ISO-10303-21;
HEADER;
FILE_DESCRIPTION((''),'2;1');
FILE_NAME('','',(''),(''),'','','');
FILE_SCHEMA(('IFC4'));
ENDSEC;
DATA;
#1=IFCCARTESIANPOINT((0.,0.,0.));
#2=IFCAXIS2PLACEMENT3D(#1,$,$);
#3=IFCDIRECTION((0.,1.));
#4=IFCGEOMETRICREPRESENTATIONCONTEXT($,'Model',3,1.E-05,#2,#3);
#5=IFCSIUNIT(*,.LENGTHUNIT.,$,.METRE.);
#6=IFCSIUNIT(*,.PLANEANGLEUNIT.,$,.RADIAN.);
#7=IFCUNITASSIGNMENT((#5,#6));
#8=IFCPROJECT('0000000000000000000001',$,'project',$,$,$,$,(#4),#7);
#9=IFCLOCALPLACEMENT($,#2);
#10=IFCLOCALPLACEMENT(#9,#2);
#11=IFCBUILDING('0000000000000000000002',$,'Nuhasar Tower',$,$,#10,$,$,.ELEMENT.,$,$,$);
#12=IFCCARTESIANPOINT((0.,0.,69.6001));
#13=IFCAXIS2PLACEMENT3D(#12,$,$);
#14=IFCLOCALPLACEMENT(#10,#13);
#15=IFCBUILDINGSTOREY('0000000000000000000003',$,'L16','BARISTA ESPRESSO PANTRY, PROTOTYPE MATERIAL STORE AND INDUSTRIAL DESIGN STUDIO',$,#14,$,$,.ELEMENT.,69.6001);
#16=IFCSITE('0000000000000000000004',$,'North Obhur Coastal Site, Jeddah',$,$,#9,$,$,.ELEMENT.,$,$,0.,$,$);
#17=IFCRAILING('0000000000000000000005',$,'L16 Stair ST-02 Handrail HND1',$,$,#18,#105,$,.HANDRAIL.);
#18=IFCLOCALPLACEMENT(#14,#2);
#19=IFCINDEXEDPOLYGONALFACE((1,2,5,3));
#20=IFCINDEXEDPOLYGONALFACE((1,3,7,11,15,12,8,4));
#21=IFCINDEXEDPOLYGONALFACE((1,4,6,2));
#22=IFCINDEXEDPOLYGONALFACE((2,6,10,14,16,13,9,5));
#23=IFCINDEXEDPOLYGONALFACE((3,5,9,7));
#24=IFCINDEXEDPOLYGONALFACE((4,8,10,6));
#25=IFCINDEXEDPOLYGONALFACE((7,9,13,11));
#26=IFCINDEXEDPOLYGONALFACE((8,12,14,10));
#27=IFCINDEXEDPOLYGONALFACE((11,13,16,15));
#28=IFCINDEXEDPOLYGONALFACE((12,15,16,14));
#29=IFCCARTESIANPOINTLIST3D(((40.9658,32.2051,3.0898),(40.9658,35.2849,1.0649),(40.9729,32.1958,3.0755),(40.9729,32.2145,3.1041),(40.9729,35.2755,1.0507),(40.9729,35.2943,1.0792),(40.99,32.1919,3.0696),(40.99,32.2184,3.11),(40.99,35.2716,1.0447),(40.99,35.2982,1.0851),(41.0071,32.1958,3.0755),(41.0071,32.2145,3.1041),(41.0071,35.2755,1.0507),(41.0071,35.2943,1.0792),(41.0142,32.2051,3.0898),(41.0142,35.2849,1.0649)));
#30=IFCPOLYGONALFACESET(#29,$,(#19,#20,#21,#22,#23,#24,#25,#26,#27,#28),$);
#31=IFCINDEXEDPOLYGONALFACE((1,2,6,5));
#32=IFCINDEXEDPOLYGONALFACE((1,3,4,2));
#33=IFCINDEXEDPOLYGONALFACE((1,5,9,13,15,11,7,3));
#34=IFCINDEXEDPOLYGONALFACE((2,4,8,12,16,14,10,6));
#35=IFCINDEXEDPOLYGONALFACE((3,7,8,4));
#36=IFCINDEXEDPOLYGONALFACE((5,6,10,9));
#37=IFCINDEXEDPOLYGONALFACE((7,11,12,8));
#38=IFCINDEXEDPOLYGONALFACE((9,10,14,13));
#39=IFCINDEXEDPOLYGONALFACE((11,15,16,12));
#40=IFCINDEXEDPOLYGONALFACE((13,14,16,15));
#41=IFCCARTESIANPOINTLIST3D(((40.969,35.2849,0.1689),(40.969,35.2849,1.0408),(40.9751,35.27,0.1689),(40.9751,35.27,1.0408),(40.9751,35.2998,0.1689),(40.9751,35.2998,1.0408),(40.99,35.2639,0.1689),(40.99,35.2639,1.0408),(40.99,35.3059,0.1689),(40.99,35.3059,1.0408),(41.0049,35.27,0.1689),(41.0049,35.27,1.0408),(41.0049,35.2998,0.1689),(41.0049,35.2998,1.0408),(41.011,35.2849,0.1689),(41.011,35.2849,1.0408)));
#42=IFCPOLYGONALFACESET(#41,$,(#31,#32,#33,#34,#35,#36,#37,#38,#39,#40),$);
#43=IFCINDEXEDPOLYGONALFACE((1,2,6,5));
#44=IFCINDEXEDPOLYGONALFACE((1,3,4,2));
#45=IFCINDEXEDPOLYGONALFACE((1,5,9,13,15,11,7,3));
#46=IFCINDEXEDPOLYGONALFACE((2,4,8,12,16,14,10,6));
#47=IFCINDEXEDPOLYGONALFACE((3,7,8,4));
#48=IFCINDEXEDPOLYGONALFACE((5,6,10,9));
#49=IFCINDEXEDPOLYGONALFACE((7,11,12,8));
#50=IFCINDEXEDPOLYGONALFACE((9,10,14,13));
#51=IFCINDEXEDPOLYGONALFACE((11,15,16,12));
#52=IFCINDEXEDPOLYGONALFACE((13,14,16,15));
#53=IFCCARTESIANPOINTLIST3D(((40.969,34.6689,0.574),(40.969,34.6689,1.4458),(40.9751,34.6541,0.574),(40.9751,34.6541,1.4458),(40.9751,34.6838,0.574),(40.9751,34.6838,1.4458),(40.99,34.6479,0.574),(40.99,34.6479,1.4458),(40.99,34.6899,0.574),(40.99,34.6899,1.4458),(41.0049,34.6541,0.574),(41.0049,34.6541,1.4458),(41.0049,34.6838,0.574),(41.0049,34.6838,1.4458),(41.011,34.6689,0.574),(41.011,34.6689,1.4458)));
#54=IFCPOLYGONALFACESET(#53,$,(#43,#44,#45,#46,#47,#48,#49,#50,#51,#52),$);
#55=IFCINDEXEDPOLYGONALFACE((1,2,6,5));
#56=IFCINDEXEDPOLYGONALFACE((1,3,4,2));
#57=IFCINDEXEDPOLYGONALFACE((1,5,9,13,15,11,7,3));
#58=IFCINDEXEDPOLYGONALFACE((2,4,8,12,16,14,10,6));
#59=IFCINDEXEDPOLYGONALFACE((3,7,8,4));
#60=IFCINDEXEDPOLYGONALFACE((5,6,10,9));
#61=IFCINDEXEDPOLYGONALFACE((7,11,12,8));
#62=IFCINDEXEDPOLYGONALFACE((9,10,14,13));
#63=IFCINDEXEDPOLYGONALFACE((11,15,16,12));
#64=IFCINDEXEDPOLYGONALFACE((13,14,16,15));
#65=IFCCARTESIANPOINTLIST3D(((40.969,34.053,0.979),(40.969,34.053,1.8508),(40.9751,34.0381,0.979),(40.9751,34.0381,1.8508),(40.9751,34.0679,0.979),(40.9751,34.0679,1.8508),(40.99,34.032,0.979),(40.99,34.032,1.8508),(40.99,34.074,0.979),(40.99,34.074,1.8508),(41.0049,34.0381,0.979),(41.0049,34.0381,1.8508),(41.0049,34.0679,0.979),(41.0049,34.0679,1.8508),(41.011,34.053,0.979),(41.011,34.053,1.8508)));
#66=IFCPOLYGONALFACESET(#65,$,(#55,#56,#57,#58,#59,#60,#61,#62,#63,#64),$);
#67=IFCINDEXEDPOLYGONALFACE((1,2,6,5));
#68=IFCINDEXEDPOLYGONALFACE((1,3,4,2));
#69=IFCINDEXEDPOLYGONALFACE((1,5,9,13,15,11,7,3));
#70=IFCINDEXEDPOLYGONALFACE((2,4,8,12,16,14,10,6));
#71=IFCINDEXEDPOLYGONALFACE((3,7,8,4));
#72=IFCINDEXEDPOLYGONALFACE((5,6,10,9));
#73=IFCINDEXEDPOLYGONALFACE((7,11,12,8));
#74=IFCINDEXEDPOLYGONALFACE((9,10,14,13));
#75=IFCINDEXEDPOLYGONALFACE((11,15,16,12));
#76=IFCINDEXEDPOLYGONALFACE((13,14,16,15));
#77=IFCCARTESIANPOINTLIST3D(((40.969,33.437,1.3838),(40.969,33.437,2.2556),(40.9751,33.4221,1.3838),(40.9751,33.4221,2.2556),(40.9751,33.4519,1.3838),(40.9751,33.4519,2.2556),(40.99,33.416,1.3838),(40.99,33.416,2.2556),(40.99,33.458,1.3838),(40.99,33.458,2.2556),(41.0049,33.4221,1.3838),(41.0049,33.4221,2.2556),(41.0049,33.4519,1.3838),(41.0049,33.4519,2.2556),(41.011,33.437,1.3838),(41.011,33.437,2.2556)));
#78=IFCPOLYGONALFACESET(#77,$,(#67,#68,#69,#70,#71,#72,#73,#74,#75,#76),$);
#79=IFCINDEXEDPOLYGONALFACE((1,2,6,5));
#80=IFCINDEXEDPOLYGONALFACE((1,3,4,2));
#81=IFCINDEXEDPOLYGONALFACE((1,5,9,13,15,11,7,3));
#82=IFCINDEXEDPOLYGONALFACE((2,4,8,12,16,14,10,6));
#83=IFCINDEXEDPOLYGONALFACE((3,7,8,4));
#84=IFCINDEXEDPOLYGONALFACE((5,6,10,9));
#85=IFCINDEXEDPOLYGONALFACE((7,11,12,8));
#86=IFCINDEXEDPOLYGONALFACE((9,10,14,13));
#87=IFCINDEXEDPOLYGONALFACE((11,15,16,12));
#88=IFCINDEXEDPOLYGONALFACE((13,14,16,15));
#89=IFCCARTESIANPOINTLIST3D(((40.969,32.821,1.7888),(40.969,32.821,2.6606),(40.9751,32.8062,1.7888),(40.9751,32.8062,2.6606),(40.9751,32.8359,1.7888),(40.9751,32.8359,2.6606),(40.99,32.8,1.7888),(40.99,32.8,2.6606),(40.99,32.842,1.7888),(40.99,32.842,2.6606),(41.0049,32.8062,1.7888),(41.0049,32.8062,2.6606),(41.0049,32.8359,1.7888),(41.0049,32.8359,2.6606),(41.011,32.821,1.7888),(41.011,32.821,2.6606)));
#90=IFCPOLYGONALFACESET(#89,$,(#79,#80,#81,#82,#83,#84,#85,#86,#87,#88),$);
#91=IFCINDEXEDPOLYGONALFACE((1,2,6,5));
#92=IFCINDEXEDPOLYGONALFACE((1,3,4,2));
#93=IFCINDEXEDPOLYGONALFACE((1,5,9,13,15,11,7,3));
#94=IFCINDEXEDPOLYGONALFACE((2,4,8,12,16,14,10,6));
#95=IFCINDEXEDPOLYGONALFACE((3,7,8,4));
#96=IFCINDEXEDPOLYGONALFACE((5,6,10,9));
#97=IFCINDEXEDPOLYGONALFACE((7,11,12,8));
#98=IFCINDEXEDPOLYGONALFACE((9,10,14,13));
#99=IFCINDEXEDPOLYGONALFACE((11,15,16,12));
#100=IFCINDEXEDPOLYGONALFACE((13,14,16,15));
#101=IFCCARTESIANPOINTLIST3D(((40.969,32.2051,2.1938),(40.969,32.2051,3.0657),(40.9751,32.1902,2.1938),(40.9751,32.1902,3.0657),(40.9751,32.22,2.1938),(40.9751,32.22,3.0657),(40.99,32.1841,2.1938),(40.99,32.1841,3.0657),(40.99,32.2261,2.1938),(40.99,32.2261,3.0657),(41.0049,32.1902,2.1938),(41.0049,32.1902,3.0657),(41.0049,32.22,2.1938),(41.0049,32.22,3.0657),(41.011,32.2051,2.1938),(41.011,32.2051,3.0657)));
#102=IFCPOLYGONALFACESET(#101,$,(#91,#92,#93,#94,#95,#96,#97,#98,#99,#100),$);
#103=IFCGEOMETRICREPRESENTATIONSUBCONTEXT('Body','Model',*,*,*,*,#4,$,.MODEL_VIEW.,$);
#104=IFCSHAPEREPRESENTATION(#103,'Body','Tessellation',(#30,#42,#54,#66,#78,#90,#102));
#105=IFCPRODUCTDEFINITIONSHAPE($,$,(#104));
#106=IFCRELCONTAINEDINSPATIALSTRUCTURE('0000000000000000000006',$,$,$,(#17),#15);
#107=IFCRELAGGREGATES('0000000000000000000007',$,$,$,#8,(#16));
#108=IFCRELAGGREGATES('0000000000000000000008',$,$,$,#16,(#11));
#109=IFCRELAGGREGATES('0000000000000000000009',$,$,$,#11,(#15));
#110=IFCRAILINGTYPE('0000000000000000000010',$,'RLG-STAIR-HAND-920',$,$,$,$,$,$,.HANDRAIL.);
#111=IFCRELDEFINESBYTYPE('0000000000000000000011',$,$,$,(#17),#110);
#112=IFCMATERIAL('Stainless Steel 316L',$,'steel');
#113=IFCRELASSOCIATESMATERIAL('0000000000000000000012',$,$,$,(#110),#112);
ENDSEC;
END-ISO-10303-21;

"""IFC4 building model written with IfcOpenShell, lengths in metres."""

from ifc_helpers import new_model, si_unit, direction, frame, origin, place, context, subcontext, project, spatial, polyline, outline, extrude, material, type_object, element, save


model = new_model("IFC4")

# Units and contexts
model_context = context("Model", 3, precision=1e-05, world=origin(), true_north=direction((0.0, 1.0)))
body_context = subcontext(model_context, "Body", "Model", "MODEL_VIEW")
ifc_project = project(units=[si_unit("LENGTHUNIT", "METRE"), si_unit("PLANEANGLEUNIT", "RADIAN")], contexts=[model_context])

# Site, building, storey
site_placement = place(None, origin())
site = spatial("IfcSite", under=ifc_project, at=site_placement, Name="North Obhur Coastal Site, Jeddah", CompositionType="ELEMENT", RefElevation=0.0)
building_placement = place(site_placement, origin())
building = spatial("IfcBuilding", under=site, at=building_placement, Name="Nuhasar Tower", CompositionType="ELEMENT")
storey_placement = place(building_placement, frame((0.0, 0.0, 69.6001)))
storey = spatial("IfcBuildingStorey", under=building, at=storey_placement, Name="L16", Description="BARISTA ESPRESSO PANTRY, PROTOTYPE MATERIAL STORE AND INDUSTRIAL DESIGN STUDIO", CompositionType="ELEMENT", Elevation=69.6001)

# Railing
ifc_material_1 = material(Name="Stainless Steel 316L", Category="steel")
railing_type_1 = type_object("IfcRailingType", Name="RLG-STAIR-HAND-920", PredefinedType="HANDRAIL", material=ifc_material_1)
railing_1_placement = place(storey_placement, frame((40.99, 35.2849, 0.1689)))
element("IfcRailing", 1, at=railing_1_placement, inside=storey, type_object=railing_type_1, Name="L16 Stair ST-02 Handrail HND1", PredefinedType="HANDRAIL", context=body_context, shape_type="SweptSolid", body=[
    extrude(outline(polyline([(0.0242, 0.0), (0.0171, 0.0171), (0.0, 0.0242), (-0.0171, 0.0171), (-0.0242, 0.0), (-0.0171, -0.0171), (0.0, -0.0242), (0.0171, -0.0171), (0.0242, 0.0)])), frame((0.0, 0.0, 0.896), z_axis=(0.0, -0.83558, 0.54937), x_axis=(1.0, 0.0, 0.0)), (0.0, 0.0, 1.0), 3.6858),
    extrude(outline(polyline([(0.021, 0.0), (0.0149, 0.0149), (0.0, 0.021), (-0.0149, 0.0149), (-0.021, 0.0), (-0.0149, -0.0149), (0.0, -0.021), (0.0149, -0.0149), (0.021, 0.0)])), origin(), (0.0, 0.0, 1.0), 0.8718),
    extrude(outline(polyline([(0.021, 0.0), (0.0149, 0.0149), (0.0, 0.021), (-0.0149, 0.0149), (-0.021, 0.0), (-0.0149, -0.0149), (0.0, -0.021), (0.0149, -0.0149), (0.021, 0.0)])), frame((0.0, -0.616, 0.405)), (0.0, 0.0, 1.0), 0.8718),
    extrude(outline(polyline([(0.021, 0.0), (0.0149, 0.0149), (0.0, 0.021), (-0.0149, 0.0149), (-0.021, 0.0), (-0.0149, -0.0149), (0.0, -0.021), (0.0149, -0.0149), (0.021, 0.0)])), frame((0.0, -1.2319, 0.8101)), (0.0, 0.0, 1.0), 0.8718),
    extrude(outline(polyline([(0.021, 0.0), (0.0149, 0.0149), (0.0, 0.021), (-0.0149, 0.0149), (-0.021, 0.0), (-0.0149, -0.0149), (0.0, -0.021), (0.0149, -0.0149), (0.021, 0.0)])), frame((0.0, -1.8479, 1.2148)), (0.0, 0.0, 1.0), 0.8718),
    extrude(outline(polyline([(0.021, 0.0), (0.0149, 0.0149), (0.0, 0.021), (-0.0149, 0.0149), (-0.021, 0.0), (-0.0149, -0.0149), (0.0, -0.021), (0.0149, -0.0149), (0.021, 0.0)])), frame((0.0, -2.4639, 1.6199)), (0.0, 0.0, 1.0), 0.8718),
    extrude(outline(polyline([(0.021, 0.0), (0.0149, 0.0149), (0.0, 0.021), (-0.0149, 0.0149), (-0.021, 0.0), (-0.0149, -0.0149), (0.0, -0.021), (0.0149, -0.0149), (0.021, 0.0)])), frame((0.0, -3.0798, 2.0249)), (0.0, 0.0, 1.0), 0.8718),
])

save(model, "model.ifc")
